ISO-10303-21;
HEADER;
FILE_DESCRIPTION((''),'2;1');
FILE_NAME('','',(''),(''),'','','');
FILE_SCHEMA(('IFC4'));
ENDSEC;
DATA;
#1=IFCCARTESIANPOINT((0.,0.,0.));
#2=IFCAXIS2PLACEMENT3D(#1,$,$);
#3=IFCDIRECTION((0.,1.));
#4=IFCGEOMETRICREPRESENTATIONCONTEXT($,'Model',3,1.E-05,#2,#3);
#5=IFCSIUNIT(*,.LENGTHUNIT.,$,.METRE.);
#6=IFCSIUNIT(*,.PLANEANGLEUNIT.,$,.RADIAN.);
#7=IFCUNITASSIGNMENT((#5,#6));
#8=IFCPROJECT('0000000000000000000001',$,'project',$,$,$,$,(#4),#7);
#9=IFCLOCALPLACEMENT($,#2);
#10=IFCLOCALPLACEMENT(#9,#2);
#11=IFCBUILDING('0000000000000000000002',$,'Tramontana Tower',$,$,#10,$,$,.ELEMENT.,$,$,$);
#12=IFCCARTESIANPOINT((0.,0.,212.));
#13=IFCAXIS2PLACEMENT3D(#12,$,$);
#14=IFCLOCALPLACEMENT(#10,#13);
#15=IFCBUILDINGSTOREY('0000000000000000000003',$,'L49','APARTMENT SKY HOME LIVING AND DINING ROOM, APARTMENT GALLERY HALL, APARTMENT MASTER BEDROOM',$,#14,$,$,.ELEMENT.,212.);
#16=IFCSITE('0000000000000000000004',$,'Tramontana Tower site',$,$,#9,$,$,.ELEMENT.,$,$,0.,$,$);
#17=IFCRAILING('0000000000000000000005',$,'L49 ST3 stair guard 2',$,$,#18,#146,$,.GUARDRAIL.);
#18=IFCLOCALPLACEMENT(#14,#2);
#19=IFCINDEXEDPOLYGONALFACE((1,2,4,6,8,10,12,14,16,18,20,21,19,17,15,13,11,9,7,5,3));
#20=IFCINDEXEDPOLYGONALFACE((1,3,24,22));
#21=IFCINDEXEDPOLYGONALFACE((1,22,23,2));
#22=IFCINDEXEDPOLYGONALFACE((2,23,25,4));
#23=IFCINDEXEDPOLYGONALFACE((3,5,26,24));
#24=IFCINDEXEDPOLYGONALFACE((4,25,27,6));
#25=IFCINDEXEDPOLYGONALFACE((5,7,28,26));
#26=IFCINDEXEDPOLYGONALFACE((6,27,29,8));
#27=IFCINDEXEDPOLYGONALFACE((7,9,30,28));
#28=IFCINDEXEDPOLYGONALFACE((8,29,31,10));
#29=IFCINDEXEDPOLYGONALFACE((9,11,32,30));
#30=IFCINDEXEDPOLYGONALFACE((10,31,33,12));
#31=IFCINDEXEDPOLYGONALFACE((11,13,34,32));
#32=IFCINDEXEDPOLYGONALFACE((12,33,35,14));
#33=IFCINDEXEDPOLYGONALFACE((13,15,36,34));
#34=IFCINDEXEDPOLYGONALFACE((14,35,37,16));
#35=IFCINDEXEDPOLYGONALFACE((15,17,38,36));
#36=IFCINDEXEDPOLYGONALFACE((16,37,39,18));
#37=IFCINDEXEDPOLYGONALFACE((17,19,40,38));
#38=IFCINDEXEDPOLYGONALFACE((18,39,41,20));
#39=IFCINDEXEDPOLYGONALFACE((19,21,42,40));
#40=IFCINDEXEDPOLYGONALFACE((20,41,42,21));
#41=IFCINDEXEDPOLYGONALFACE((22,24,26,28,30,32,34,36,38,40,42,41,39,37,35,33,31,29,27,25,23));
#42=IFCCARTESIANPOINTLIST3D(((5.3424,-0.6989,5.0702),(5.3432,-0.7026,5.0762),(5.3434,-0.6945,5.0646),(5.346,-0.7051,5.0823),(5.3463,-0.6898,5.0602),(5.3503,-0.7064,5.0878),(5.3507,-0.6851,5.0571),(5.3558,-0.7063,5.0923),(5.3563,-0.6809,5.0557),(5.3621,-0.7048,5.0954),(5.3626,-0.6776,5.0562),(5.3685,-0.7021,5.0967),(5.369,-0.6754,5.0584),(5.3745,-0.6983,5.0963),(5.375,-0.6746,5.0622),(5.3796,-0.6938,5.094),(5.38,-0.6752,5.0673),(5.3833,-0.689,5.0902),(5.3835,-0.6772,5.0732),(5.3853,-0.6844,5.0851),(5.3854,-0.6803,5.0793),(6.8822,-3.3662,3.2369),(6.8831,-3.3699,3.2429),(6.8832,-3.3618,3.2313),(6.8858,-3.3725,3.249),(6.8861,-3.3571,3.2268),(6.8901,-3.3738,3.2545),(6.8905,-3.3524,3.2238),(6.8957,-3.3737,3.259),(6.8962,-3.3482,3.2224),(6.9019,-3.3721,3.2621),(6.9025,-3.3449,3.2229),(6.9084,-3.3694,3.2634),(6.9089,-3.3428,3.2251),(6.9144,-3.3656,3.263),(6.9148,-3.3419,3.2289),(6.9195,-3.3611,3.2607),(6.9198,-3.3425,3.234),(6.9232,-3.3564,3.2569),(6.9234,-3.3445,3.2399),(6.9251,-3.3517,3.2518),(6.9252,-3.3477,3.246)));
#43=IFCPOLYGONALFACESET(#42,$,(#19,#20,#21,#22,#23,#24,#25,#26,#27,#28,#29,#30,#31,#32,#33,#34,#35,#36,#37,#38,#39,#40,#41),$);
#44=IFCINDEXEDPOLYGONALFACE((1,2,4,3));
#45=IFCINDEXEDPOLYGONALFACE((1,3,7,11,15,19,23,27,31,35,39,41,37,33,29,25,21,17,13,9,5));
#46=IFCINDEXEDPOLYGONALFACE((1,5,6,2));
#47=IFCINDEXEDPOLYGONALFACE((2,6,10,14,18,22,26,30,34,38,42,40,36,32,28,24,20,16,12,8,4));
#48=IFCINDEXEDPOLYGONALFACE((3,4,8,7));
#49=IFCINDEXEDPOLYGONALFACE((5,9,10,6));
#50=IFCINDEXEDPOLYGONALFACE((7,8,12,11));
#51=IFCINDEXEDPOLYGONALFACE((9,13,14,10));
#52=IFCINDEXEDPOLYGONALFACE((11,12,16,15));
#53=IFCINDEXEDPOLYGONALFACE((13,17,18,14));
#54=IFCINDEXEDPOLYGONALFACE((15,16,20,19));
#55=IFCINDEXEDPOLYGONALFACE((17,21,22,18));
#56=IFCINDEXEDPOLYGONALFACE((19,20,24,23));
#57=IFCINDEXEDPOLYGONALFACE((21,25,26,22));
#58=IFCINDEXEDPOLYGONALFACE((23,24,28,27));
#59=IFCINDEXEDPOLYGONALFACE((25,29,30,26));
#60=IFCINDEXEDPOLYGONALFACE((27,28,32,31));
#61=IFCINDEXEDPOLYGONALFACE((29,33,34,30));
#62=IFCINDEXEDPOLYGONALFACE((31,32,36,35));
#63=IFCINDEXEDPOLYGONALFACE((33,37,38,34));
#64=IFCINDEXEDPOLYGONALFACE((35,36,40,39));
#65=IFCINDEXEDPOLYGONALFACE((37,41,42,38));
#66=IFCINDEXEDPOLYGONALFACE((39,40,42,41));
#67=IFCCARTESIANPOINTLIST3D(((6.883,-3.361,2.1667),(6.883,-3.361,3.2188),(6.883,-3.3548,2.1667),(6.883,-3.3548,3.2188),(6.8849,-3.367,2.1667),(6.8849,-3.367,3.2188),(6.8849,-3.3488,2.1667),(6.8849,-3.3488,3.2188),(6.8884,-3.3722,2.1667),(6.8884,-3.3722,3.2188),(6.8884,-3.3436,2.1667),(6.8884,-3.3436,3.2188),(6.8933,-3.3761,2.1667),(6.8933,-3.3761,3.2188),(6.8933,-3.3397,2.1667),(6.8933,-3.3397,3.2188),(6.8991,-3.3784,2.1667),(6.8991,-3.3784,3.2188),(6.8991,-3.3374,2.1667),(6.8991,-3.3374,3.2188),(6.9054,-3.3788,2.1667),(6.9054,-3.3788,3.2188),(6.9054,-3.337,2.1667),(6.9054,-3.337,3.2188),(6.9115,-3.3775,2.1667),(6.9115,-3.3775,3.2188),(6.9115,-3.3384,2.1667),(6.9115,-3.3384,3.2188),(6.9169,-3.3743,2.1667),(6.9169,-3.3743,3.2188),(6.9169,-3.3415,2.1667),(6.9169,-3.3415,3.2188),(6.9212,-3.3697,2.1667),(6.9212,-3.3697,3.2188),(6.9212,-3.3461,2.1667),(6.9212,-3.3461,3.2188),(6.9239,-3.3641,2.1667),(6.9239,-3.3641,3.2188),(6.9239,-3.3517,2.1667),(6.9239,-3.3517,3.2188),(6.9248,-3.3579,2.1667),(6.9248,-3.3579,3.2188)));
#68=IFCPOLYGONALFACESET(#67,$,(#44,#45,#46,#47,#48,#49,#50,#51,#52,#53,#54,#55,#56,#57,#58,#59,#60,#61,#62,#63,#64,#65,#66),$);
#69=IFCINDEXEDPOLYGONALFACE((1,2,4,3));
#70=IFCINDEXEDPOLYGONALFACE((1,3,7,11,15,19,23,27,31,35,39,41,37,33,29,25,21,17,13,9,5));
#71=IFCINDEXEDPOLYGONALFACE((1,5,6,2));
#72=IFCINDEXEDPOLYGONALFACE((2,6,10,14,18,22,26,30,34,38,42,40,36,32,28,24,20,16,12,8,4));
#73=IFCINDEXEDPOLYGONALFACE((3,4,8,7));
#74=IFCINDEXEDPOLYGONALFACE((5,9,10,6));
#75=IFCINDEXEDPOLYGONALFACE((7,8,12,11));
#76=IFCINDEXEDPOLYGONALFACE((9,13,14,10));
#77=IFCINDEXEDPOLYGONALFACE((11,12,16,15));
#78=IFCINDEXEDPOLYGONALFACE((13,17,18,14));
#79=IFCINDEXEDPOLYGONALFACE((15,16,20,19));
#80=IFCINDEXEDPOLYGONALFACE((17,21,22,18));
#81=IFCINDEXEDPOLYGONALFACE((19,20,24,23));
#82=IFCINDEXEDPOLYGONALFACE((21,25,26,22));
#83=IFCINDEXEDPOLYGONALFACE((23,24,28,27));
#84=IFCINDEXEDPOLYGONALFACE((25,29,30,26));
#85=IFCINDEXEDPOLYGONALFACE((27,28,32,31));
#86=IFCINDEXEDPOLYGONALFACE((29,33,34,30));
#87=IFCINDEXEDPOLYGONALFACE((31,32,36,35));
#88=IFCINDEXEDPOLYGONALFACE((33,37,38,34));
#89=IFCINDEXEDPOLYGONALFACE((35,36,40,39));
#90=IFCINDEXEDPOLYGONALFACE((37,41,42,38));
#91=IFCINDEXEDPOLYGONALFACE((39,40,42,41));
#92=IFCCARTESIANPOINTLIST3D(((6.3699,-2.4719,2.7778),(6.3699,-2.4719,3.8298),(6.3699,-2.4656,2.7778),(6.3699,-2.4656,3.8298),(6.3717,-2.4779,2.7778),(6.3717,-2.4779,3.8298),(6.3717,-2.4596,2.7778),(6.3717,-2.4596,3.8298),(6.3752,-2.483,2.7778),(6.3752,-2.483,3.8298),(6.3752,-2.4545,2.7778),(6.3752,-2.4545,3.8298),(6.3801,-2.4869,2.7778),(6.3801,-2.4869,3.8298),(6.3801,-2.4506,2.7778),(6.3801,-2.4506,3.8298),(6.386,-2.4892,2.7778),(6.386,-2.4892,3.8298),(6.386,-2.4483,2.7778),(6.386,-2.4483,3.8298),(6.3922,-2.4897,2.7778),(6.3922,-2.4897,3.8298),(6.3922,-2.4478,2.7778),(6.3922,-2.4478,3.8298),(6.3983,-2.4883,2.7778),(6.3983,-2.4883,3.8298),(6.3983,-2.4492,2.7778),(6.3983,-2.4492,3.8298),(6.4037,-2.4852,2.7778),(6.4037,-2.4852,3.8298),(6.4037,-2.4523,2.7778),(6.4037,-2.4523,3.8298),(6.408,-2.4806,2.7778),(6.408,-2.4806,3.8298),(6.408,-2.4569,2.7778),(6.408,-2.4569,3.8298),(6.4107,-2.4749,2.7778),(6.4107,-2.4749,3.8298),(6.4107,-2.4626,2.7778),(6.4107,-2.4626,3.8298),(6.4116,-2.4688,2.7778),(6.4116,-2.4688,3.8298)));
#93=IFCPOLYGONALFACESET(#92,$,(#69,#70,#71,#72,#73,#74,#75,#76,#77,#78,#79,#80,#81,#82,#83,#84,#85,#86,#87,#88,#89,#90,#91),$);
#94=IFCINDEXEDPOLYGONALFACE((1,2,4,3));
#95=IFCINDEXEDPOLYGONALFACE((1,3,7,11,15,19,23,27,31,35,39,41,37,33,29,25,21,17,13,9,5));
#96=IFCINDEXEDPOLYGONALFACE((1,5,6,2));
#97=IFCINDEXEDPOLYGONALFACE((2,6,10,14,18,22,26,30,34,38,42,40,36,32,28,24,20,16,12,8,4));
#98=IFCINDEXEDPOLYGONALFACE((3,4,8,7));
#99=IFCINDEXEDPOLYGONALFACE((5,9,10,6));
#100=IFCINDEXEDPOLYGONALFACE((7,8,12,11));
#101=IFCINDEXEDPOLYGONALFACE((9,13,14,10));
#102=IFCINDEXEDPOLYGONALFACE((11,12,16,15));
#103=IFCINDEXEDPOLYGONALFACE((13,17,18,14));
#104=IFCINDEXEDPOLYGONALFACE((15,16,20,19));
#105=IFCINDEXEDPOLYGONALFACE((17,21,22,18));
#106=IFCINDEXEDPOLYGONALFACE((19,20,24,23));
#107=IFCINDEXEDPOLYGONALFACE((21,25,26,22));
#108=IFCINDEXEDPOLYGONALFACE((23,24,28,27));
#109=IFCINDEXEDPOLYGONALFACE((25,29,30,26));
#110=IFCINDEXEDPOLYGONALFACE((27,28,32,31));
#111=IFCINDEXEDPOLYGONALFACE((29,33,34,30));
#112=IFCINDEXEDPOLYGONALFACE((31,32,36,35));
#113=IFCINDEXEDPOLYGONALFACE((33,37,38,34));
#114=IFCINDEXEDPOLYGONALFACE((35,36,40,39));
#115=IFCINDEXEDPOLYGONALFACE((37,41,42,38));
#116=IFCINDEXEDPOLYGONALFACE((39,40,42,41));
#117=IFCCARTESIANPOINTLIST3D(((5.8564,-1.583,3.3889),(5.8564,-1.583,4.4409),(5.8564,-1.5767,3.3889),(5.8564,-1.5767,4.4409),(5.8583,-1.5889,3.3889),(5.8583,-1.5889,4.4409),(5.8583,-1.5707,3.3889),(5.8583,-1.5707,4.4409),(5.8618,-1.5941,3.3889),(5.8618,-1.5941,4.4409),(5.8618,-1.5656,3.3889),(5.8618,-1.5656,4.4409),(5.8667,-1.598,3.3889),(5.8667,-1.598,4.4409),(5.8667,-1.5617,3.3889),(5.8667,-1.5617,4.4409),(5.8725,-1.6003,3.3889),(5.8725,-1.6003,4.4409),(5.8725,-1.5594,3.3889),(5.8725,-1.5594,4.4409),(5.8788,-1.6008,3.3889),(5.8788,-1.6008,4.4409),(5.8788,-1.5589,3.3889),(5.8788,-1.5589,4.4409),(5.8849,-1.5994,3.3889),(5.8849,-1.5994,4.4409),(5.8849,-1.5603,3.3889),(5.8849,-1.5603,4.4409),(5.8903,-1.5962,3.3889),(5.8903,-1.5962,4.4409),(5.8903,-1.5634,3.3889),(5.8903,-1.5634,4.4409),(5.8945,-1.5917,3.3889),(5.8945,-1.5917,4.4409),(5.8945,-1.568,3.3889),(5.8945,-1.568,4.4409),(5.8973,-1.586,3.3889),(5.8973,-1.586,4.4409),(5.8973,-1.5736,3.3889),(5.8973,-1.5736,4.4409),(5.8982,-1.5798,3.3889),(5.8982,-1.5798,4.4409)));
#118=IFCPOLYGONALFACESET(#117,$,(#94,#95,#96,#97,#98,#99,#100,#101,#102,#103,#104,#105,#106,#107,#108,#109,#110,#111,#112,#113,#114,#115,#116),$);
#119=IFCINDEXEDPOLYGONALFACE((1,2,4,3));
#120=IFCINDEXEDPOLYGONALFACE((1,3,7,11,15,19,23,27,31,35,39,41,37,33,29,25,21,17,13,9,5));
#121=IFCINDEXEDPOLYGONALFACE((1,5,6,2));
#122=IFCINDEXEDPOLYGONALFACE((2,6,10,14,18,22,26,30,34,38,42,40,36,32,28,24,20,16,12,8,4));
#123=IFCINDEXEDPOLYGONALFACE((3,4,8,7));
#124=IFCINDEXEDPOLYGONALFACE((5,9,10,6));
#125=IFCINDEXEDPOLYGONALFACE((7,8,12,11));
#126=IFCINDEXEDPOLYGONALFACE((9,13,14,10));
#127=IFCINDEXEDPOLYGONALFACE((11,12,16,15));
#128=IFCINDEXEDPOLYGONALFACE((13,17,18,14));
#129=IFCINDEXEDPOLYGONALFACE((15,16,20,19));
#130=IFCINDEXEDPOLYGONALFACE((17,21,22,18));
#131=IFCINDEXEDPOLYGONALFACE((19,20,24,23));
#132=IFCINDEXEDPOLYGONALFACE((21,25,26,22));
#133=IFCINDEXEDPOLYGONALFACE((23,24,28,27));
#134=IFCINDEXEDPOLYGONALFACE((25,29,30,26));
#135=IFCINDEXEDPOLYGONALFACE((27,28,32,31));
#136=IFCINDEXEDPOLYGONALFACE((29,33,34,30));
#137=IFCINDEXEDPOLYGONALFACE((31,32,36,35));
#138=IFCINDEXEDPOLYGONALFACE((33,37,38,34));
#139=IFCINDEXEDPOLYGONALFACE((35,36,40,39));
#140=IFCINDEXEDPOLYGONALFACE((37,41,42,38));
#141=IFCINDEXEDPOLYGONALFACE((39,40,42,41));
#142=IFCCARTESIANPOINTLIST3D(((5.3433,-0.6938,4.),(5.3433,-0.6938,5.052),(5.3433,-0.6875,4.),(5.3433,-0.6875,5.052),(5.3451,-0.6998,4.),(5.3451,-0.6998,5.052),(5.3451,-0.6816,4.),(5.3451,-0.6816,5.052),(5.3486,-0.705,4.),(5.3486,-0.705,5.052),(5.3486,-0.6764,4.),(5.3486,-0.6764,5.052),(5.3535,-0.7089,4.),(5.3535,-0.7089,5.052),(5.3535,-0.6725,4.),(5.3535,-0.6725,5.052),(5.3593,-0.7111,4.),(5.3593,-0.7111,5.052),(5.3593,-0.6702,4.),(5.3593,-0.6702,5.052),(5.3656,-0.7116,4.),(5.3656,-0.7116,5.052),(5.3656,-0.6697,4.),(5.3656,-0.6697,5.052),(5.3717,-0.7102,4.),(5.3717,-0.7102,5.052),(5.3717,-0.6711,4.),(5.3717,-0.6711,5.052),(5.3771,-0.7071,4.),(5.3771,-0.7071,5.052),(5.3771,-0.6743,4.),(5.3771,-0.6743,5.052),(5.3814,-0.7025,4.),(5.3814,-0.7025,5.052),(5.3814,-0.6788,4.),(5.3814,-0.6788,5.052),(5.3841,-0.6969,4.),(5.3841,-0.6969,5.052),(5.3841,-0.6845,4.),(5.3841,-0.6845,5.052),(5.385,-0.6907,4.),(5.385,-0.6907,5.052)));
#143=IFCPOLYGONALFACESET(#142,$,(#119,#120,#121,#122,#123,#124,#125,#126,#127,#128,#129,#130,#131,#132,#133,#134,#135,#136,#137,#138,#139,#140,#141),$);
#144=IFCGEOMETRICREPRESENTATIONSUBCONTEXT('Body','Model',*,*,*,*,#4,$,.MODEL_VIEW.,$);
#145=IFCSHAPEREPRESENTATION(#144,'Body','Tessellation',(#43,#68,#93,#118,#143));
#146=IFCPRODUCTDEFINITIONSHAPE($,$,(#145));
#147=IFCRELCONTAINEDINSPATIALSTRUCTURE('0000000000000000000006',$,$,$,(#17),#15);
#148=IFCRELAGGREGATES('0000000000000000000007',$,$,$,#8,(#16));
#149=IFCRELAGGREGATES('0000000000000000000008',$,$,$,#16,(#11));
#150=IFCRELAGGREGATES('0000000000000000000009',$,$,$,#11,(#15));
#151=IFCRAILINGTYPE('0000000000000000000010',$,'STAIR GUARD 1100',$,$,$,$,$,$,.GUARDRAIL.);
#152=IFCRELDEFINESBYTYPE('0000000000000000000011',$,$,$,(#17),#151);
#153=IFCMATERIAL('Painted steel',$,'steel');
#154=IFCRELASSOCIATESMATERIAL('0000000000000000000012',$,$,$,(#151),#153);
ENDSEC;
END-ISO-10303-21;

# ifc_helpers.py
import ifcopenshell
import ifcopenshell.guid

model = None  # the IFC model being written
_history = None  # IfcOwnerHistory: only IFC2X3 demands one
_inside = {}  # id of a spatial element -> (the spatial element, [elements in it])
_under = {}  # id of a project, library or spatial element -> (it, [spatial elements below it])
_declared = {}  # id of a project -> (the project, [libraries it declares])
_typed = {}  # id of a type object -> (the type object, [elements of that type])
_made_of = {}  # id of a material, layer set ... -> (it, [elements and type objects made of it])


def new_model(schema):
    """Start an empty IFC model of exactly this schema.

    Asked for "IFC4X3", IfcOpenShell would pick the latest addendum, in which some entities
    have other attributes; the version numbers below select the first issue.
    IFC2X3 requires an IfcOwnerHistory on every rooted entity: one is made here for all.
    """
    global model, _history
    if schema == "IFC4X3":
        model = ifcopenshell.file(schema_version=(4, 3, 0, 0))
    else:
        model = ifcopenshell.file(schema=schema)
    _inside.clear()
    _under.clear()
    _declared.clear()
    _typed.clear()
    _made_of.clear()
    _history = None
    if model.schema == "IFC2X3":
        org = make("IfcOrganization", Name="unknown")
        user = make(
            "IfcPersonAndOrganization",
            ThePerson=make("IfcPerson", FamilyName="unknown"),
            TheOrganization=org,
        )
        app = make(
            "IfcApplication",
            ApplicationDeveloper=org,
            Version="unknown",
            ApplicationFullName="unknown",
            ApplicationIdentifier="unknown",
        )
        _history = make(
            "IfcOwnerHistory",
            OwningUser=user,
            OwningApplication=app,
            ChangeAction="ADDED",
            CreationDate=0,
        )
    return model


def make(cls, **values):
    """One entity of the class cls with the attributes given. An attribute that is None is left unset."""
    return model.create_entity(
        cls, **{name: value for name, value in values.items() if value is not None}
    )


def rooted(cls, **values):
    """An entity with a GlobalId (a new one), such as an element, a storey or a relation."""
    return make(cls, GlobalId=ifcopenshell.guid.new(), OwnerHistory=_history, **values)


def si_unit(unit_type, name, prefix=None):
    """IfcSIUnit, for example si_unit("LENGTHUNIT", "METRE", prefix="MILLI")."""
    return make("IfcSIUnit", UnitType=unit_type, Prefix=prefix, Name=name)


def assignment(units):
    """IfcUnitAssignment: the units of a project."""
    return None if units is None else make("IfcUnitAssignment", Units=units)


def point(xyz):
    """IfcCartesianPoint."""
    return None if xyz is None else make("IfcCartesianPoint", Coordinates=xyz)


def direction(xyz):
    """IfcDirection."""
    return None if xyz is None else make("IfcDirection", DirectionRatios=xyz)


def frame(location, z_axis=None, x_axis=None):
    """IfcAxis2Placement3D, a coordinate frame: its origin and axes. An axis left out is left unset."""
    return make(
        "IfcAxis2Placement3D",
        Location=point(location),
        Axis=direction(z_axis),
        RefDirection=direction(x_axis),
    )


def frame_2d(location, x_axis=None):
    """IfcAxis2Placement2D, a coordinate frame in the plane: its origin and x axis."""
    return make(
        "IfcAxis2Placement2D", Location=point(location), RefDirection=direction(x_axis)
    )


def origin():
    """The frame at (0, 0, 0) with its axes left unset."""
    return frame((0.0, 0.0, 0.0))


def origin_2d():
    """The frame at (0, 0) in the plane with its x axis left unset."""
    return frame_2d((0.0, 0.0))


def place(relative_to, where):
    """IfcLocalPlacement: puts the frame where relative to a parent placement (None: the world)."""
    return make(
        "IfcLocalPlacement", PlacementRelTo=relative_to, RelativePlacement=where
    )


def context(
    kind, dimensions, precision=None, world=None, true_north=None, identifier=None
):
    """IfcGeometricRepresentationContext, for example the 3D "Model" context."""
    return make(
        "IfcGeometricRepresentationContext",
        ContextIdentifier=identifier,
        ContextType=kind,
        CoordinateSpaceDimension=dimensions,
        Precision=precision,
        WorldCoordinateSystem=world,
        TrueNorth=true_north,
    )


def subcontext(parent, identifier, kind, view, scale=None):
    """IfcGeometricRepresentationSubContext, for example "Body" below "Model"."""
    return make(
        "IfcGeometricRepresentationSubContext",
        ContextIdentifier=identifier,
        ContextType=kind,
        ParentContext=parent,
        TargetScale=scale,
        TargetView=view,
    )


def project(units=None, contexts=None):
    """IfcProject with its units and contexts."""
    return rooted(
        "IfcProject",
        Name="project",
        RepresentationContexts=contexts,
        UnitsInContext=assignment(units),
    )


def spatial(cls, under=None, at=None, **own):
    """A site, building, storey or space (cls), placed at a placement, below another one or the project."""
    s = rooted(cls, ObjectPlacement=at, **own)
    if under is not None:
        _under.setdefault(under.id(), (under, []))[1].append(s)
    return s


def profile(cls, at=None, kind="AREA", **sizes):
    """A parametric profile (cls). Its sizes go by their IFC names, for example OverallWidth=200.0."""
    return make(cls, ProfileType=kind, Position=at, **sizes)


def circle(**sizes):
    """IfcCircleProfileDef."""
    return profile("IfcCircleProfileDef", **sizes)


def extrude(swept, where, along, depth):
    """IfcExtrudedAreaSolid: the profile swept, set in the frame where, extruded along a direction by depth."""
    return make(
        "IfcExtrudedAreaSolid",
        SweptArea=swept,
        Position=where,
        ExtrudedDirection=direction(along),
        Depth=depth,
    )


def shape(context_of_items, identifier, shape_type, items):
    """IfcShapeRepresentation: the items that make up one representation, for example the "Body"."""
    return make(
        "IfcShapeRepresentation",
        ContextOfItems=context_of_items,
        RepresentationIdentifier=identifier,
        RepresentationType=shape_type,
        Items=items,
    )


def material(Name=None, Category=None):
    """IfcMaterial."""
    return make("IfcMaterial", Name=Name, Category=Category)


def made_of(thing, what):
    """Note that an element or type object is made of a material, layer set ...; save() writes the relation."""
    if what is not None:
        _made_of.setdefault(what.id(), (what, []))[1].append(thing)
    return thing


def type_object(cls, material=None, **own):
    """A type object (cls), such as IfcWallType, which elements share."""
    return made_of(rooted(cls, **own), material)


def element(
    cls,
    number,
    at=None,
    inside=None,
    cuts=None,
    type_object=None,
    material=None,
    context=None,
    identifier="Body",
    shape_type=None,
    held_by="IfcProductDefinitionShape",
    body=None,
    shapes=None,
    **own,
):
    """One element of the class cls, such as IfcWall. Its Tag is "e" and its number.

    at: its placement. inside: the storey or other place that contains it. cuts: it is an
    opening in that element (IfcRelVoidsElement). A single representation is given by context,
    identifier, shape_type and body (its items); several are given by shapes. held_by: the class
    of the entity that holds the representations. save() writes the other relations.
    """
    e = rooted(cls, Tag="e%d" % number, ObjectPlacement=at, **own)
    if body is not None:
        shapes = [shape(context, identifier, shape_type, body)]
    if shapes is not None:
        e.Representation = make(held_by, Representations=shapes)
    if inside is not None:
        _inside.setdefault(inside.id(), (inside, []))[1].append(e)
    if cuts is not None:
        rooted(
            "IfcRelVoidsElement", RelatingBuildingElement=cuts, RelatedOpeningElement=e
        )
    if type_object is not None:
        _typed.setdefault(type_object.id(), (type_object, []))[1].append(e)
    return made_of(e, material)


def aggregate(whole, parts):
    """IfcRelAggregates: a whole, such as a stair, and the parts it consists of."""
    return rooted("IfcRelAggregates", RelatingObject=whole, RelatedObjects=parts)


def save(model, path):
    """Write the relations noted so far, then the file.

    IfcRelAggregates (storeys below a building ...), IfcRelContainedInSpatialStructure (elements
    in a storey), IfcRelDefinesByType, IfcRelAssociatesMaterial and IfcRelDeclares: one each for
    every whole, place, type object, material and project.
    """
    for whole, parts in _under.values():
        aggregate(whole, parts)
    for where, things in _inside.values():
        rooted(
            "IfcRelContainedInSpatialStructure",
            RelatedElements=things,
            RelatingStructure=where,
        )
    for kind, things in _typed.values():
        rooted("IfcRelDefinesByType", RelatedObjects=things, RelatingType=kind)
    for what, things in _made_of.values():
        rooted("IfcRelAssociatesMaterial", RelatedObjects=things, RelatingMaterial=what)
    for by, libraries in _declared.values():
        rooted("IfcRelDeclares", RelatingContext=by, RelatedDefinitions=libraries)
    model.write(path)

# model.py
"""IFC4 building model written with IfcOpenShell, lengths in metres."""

from ifc_helpers import new_model, si_unit, direction, frame, origin, origin_2d, place, context, subcontext, project, spatial, circle, extrude, material, type_object, element, save


model = new_model("IFC4")

# Units and contexts
model_context = context("Model", 3, precision=1e-05, world=origin(), true_north=direction((0.0, 1.0)))
body_context = subcontext(model_context, "Body", "Model", "MODEL_VIEW")
ifc_project = project(units=[si_unit("LENGTHUNIT", "METRE"), si_unit("PLANEANGLEUNIT", "RADIAN")], contexts=[model_context])

# Site, building, storey
site_placement = place(None, origin())
site = spatial("IfcSite", under=ifc_project, at=site_placement, Name="Tramontana Tower site", CompositionType="ELEMENT", RefElevation=0.0)
building_placement = place(site_placement, origin())
building = spatial("IfcBuilding", under=site, at=building_placement, Name="Tramontana Tower", CompositionType="ELEMENT")
storey_placement = place(building_placement, frame((0.0, 0.0, 212.0)))
storey = spatial("IfcBuildingStorey", under=building, at=storey_placement, Name="L49", Description="APARTMENT SKY HOME LIVING AND DINING ROOM, APARTMENT GALLERY HALL, APARTMENT MASTER BEDROOM", CompositionType="ELEMENT", Elevation=212.0)

# Railing
ifc_material_1 = material(Name="Painted steel", Category="steel")
railing_type_1 = type_object("IfcRailingType", Name="STAIR GUARD 1100", PredefinedType="GUARDRAIL", material=ifc_material_1)
railing_1_placement = place(storey_placement, frame((6.9038, -3.3579, 2.1667)))
element("IfcRailing", 1, at=railing_1_placement, inside=storey, type_object=railing_type_1, Name="L49 ST3 stair guard 2", PredefinedType="GUARDRAIL", context=body_context, shape_type="SweptSolid", body=[
    extrude(circle(Radius=0.0239, at=origin_2d()), frame((0.0, 0.0, 1.0762), z_axis=(-0.429616, 0.744181, 0.511493), x_axis=(-0.866044, -0.499967, 0.0)), (0.0, 0.0, 1.0), 3.5842),
    extrude(circle(Radius=0.021, at=origin_2d()), origin(), (0.0, 0.0, 1.0), 1.052),
    extrude(circle(Radius=0.021, at=origin_2d()), frame((-0.5132, 0.8892, 0.6111)), (0.0, 0.0, 1.0), 1.052),
    extrude(circle(Radius=0.021, at=origin_2d()), frame((-1.0266, 1.7781, 1.2222)), (0.0, 0.0, 1.0), 1.052),
    extrude(circle(Radius=0.021, at=origin_2d()), frame((-1.5398, 2.6672, 1.8333)), (0.0, 0.0, 1.0), 1.052),
])

save(model, "model.ifc")
